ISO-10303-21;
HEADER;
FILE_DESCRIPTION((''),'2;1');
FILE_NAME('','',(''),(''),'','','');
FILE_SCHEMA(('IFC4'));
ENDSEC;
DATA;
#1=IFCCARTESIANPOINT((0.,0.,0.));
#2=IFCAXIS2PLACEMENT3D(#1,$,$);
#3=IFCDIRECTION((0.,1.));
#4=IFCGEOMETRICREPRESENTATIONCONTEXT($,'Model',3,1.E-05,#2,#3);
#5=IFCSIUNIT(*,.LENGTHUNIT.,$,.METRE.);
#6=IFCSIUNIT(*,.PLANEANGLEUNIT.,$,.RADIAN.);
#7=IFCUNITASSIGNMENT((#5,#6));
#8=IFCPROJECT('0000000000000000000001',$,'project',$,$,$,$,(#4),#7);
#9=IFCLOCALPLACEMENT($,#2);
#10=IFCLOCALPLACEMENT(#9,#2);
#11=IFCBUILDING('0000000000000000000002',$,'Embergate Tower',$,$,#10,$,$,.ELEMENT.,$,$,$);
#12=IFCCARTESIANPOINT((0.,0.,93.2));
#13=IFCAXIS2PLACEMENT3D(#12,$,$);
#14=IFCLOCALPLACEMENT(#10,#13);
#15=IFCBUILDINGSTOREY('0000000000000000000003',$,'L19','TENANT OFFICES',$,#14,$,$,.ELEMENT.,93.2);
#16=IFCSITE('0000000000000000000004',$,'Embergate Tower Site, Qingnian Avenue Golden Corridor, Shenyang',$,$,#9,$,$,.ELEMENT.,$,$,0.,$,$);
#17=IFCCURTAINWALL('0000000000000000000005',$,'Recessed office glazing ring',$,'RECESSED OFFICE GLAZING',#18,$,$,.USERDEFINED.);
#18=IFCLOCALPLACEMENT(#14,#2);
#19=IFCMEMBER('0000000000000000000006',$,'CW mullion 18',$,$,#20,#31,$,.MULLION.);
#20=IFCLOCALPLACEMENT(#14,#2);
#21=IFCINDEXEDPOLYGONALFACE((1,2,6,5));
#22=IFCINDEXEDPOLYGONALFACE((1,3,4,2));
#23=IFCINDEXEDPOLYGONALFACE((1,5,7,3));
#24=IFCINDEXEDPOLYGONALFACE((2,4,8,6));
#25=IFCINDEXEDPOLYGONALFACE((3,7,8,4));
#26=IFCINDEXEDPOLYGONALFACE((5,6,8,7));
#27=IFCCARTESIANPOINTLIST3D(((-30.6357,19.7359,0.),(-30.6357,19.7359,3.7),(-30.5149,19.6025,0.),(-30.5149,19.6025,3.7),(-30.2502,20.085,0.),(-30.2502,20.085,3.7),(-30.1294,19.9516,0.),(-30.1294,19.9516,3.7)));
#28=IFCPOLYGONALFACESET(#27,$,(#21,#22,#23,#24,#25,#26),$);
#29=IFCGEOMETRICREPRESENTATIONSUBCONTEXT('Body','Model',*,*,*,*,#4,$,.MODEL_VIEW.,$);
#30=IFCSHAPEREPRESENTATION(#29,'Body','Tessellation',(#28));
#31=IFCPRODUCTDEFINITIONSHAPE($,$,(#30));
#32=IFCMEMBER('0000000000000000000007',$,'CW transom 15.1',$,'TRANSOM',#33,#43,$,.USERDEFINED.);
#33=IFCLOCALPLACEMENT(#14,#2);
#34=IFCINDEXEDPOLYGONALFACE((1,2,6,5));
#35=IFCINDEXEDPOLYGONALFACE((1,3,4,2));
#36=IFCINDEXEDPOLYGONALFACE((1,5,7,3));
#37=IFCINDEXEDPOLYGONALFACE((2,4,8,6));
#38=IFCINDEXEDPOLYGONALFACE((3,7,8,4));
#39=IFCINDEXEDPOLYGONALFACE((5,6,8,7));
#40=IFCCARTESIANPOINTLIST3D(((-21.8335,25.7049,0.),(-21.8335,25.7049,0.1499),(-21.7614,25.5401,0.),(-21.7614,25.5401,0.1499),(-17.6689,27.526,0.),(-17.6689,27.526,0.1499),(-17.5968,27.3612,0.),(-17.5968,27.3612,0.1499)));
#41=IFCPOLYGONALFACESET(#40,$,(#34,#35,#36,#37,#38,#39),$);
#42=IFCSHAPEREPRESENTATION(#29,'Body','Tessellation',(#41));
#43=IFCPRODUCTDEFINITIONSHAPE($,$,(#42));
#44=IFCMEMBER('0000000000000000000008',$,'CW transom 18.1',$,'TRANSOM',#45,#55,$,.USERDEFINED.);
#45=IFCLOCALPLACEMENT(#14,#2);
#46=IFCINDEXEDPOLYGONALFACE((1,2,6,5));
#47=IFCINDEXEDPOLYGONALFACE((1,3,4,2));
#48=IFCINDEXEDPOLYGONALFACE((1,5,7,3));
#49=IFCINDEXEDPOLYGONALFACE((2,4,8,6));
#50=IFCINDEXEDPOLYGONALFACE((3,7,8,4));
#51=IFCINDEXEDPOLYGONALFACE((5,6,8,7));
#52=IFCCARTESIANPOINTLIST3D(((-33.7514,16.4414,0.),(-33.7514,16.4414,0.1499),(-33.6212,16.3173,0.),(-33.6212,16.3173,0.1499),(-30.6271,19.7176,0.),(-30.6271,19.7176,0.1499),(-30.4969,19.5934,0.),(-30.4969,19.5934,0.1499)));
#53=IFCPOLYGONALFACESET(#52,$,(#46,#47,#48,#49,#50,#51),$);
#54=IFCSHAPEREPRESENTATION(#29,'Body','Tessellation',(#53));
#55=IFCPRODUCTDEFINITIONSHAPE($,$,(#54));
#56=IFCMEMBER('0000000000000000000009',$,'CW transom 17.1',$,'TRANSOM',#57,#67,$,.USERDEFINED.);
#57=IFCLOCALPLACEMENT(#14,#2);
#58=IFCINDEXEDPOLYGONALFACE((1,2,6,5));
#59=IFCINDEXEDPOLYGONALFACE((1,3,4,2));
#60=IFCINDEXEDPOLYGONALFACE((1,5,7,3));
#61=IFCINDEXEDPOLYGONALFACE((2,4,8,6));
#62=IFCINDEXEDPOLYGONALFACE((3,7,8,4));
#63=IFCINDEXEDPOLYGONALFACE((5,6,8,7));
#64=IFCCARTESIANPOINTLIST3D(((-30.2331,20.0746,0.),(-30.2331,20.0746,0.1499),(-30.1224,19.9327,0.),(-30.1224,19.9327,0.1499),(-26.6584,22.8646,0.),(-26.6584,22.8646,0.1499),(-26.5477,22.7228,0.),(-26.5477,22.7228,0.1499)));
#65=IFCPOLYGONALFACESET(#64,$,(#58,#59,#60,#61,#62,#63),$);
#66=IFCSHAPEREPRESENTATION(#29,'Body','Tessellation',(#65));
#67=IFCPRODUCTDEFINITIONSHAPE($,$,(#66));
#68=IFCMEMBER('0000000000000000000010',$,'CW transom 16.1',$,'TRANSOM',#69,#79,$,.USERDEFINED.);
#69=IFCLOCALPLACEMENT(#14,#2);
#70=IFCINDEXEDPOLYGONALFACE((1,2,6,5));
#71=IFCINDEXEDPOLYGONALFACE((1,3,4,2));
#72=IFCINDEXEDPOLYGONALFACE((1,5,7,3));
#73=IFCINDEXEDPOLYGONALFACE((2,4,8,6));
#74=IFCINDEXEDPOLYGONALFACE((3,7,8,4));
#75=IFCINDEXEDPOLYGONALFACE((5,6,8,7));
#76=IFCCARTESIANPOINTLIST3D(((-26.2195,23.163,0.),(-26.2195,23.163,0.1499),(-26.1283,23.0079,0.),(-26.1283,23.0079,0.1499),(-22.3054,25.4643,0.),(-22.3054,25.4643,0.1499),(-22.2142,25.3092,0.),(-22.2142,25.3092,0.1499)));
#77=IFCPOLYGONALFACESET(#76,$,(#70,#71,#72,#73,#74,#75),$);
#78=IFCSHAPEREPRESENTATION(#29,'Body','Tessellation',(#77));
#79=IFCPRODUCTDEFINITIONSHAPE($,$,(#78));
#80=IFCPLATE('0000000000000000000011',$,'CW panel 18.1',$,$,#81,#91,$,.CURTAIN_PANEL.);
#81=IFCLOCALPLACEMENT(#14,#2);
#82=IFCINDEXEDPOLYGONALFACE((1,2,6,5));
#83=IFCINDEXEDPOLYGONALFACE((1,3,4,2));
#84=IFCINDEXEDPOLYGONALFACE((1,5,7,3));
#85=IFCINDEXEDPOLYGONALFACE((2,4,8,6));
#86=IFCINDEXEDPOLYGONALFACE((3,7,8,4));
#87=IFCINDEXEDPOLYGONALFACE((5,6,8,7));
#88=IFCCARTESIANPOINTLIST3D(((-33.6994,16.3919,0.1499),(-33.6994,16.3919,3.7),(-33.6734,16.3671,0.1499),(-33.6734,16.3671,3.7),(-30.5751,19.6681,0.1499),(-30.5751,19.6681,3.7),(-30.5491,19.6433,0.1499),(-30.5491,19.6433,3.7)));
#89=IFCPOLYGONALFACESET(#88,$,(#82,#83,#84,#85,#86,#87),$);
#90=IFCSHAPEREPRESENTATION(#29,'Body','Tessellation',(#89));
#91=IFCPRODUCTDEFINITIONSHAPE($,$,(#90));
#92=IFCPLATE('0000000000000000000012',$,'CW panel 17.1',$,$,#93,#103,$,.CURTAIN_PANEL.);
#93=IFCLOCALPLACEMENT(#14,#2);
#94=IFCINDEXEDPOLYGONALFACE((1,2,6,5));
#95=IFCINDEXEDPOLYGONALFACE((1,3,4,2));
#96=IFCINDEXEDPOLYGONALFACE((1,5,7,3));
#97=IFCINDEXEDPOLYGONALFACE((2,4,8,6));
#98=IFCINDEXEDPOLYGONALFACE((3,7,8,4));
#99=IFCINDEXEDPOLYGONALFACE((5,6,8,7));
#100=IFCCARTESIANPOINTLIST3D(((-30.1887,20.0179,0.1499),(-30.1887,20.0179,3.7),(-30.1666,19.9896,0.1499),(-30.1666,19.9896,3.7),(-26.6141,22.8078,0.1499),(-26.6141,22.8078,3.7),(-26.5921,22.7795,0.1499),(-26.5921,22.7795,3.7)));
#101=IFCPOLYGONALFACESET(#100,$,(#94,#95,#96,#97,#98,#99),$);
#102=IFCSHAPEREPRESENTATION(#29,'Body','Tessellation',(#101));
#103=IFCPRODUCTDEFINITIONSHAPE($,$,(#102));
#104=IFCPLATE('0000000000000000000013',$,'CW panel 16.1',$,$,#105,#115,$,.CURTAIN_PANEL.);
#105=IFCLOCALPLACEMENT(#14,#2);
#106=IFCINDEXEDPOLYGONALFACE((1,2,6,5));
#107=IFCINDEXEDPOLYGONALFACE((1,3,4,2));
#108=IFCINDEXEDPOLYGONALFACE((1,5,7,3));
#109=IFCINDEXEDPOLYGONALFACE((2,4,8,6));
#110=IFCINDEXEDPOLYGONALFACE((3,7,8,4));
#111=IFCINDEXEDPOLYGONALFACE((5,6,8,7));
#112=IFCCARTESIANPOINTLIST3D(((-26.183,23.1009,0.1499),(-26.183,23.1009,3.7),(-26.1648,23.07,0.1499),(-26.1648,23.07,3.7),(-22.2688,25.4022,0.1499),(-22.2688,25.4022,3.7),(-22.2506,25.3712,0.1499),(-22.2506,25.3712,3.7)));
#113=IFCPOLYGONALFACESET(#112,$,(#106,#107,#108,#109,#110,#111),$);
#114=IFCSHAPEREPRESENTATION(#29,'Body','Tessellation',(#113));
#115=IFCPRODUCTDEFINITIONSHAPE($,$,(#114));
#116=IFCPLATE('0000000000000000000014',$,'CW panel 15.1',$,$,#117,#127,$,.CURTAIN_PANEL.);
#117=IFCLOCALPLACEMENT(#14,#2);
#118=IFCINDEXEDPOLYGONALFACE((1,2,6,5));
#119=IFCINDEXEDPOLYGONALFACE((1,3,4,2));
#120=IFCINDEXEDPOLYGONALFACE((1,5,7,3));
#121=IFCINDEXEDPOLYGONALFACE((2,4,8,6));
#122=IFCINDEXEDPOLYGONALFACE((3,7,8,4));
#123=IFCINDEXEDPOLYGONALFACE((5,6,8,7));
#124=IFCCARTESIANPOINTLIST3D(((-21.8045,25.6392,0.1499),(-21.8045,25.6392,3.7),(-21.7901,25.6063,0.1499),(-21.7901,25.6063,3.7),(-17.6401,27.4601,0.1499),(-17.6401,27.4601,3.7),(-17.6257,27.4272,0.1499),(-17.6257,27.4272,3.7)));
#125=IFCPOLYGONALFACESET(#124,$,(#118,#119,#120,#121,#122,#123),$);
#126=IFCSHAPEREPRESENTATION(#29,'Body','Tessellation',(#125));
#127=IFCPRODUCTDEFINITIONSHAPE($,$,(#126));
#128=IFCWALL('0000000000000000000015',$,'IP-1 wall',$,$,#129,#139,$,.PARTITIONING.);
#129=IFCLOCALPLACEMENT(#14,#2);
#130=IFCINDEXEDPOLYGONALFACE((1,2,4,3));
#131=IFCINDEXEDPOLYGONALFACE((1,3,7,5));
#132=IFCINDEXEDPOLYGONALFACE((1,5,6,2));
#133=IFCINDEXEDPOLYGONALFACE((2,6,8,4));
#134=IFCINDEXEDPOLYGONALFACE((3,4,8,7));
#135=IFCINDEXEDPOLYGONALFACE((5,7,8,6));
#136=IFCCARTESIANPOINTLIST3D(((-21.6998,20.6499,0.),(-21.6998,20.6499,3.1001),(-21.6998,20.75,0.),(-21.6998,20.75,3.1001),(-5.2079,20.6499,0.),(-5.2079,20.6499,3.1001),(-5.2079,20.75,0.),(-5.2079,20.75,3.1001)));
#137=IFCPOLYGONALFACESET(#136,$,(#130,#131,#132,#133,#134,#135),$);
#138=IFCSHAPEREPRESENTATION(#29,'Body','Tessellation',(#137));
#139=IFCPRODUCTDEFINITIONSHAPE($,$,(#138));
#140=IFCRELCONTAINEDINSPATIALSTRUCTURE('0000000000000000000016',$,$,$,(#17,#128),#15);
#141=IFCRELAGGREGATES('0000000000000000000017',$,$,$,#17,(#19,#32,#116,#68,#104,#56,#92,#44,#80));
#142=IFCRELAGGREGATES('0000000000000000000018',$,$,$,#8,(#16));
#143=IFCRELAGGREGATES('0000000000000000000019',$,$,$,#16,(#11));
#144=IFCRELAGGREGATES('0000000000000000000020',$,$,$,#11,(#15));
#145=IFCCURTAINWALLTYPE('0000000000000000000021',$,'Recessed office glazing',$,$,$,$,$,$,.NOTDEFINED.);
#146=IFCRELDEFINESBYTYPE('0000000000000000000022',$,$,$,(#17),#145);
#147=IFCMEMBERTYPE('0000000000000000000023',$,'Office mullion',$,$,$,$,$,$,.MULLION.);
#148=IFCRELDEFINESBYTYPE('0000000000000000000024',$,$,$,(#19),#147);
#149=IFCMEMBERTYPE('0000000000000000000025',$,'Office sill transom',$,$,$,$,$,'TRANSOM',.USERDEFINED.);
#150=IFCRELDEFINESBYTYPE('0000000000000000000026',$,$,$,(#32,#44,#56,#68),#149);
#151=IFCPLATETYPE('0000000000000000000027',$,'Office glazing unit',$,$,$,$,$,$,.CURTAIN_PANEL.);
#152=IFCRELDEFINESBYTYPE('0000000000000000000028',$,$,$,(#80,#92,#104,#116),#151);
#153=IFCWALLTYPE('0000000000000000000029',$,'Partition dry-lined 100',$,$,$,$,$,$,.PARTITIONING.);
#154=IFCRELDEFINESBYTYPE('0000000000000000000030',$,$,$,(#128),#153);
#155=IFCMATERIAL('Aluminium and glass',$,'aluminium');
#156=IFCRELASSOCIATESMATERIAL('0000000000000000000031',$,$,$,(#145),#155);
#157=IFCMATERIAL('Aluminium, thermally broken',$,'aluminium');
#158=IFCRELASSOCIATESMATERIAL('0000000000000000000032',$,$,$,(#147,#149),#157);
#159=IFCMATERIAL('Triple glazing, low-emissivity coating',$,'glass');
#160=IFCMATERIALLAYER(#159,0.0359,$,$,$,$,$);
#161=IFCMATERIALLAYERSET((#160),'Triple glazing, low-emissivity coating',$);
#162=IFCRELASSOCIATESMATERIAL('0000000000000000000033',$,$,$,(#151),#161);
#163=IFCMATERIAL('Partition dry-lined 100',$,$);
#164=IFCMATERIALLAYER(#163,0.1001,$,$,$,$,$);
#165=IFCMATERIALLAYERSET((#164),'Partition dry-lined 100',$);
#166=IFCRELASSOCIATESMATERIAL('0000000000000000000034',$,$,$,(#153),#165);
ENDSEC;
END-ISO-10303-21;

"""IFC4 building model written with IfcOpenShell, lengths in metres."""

from ifc_helpers import new_model, si_unit, direction, frame, frame_2d, origin, origin_2d, place, context, subcontext, project, spatial, rectangle, extrude, source, transform, mapped, material, layer, layer_set, material_profile, profile_set, type_object, element, aggregate, save


model = new_model("IFC4")

# Units and contexts
model_context = context("Model", 3, precision=1e-05, world=origin(), true_north=direction((0.0, 1.0)))
body_context = subcontext(model_context, "Body", "Model", "MODEL_VIEW")
ifc_project = project(units=[si_unit("LENGTHUNIT", "METRE"), si_unit("PLANEANGLEUNIT", "RADIAN")], contexts=[model_context])

# Site, building, storey
site_placement = place(None, origin())
site = spatial("IfcSite", under=ifc_project, at=site_placement, Name="Embergate Tower Site, Qingnian Avenue Golden Corridor, Shenyang", CompositionType="ELEMENT", RefElevation=0.0)
building_placement = place(site_placement, origin())
building = spatial("IfcBuilding", under=site, at=building_placement, Name="Embergate Tower", CompositionType="ELEMENT")
storey_placement = place(building_placement, frame((0.0, 0.0, 93.2)))
storey = spatial("IfcBuildingStorey", under=building, at=storey_placement, Name="L19", Description="TENANT OFFICES", CompositionType="ELEMENT", Elevation=93.2)

# Curtain wall, members, plates
ifc_material_1 = material(Name="Aluminium and glass", Category="aluminium")
curtain_wall_type = type_object("IfcCurtainWallType", Name="Recessed office glazing", PredefinedType="NOTDEFINED", material=ifc_material_1)
curtain_wall_placement = place(storey_placement, origin())
curtain_wall = element("IfcCurtainWall", 1, at=curtain_wall_placement, inside=storey, type_object=curtain_wall_type, Name="Recessed office glazing ring", ObjectType="RECESSED OFFICE GLAZING", PredefinedType="USERDEFINED")
ifc_material_2 = material(Name="Aluminium, thermally broken", Category="aluminium")
ifc_material_profile_1 = material_profile(ifc_material_2, rectangle(XDim=0.1799, YDim=0.52, at=origin_2d()), Name="AL 520x180")
ifc_profile_set_1 = profile_set([ifc_material_profile_1], Name="Aluminium, thermally broken")
member_type_1 = type_object("IfcMemberType", Name="Office mullion", PredefinedType="MULLION", material=ifc_profile_set_1)
shared_shape_1 = source(origin(), body_context, "Body", "SweptSolid", [
    extrude(rectangle(XDim=0.1799, YDim=0.52, at=origin_2d()), origin(), (0.0, 0.0, 1.0), 3.7),
])
member_1_placement = place(storey_placement, frame((-30.3826, 19.8438, 0.0), z_axis=(0.0, 0.0, 1.0), x_axis=(0.671232, -0.741248, 0.0)))
member_1 = element("IfcMember", 2, at=member_1_placement, type_object=member_type_1, Name="CW mullion 18", PredefinedType="MULLION", context=body_context, shape_type="MappedRepresentation", body=[
    mapped(shared_shape_1, transform((0.0, 0.0, 0.0))),
])
ifc_material_profile_2 = material_profile(ifc_material_2, rectangle(XDim=0.1799, YDim=0.1499, at=origin_2d()), Name="AL 150x180")
ifc_profile_set_2 = profile_set([ifc_material_profile_2], Name="Aluminium, thermally broken")
member_type_2 = type_object("IfcMemberType", Name="Office sill transom", ElementType="TRANSOM", PredefinedType="USERDEFINED", material=ifc_profile_set_2)
shared_shape_2 = source(origin(), body_context, "Body", "SweptSolid", [
    extrude(rectangle(XDim=0.1799, YDim=0.1499, at=origin_2d()), origin(), (0.0, 0.0, 1.0), 4.5454),
])
member_2_placement = place(storey_placement, frame((-17.6328, 27.4436, 0.075), z_axis=(-0.916234, -0.400644, 0.0), x_axis=(0.400644, -0.916234, 0.0)))
member_2 = element("IfcMember", 3, at=member_2_placement, type_object=member_type_2, Name="CW transom 15.1", ObjectType="TRANSOM", PredefinedType="USERDEFINED", context=body_context, shape_type="MappedRepresentation", body=[
    mapped(shared_shape_2, transform((0.0, 0.0, 0.0))),
])
shared_shape_3 = source(origin(), body_context, "Body", "SweptSolid", [
    extrude(rectangle(XDim=0.1799, YDim=0.1499, at=origin_2d()), origin(), (0.0, 0.0, 1.0), 4.5271),
])
member_3_placement = place(storey_placement, frame((-30.562, 19.6555, 0.075), z_axis=(-0.690136, -0.72368, 0.0), x_axis=(0.72368, -0.690136, 0.0)))
member_3 = element("IfcMember", 4, at=member_3_placement, type_object=member_type_2, Name="CW transom 18.1", ObjectType="TRANSOM", PredefinedType="USERDEFINED", context=body_context, shape_type="MappedRepresentation", body=[
    mapped(shared_shape_3, transform((0.0, 0.0, 0.0))),
])
shared_shape_4 = source(origin(), body_context, "Body", "SweptSolid", [
    extrude(rectangle(XDim=0.1799, YDim=0.1499, at=origin_2d()), origin(), (0.0, 0.0, 1.0), 4.5347),
])
member_4_placement = place(storey_placement, frame((-26.603, 22.7937, 0.075), z_axis=(-0.788313, -0.615274, 0.0), x_axis=(0.615274, -0.788313, 0.0)))
member_4 = element("IfcMember", 5, at=member_4_placement, type_object=member_type_2, Name="CW transom 17.1", ObjectType="TRANSOM", PredefinedType="USERDEFINED", context=body_context, shape_type="MappedRepresentation", body=[
    mapped(shared_shape_4, transform((0.0, 0.0, 0.0))),
])
shared_shape_5 = source(origin(), body_context, "Body", "SweptSolid", [
    extrude(rectangle(XDim=0.1799, YDim=0.1499, at=origin_2d()), origin(), (0.0, 0.0, 1.0), 4.5405),
])
member_5_placement = place(storey_placement, frame((-22.2598, 25.3867, 0.075), z_axis=(-0.862042, -0.506837, 0.0), x_axis=(0.506837, -0.862042, 0.0)))
member_5 = element("IfcMember", 6, at=member_5_placement, type_object=member_type_2, Name="CW transom 16.1", ObjectType="TRANSOM", PredefinedType="USERDEFINED", context=body_context, shape_type="MappedRepresentation", body=[
    mapped(shared_shape_5, transform((0.0, 0.0, 0.0))),
])
ifc_material_3 = material(Name="Triple glazing, low-emissivity coating", Category="glass")
ifc_layer_1 = layer(ifc_material_3, 0.0359)
ifc_layer_set_1 = layer_set([ifc_layer_1], Name="Triple glazing, low-emissivity coating")
plate_type = type_object("IfcPlateType", Name="Office glazing unit", PredefinedType="CURTAIN_PANEL", material=ifc_layer_set_1)
shared_shape_6 = source(origin(), body_context, "Body", "SweptSolid", [
    extrude(rectangle(XDim=4.5271, YDim=0.0359, at=origin_2d()), origin(), (0.0, 0.0, 1.0), 3.55),
])
plate_1_placement = place(storey_placement, frame((-32.1243, 18.0176, 0.1499), z_axis=(0.0, 0.0, 1.0), x_axis=(-0.690133, -0.723683, 0.0)))
plate_1 = element("IfcPlate", 7, at=plate_1_placement, type_object=plate_type, Name="CW panel 18.1", PredefinedType="CURTAIN_PANEL", context=body_context, shape_type="MappedRepresentation", body=[
    mapped(shared_shape_6, transform((0.0, 0.0, 0.0))),
])
shared_shape_7 = source(origin(), body_context, "Body", "SweptSolid", [
    extrude(rectangle(XDim=4.5344, YDim=0.0359, at=origin_2d()), origin(), (0.0, 0.0, 1.0), 3.55),
])
plate_2_placement = place(storey_placement, frame((-28.3904, 21.3987, 0.1499), z_axis=(0.0, 0.0, 1.0), x_axis=(-0.788319, -0.615267, 0.0)))
plate_2 = element("IfcPlate", 8, at=plate_2_placement, type_object=plate_type, Name="CW panel 17.1", PredefinedType="CURTAIN_PANEL", context=body_context, shape_type="MappedRepresentation", body=[
    mapped(shared_shape_7, transform((0.0, 0.0, 0.0))),
])
shared_shape_8 = source(origin(), body_context, "Body", "SweptSolid", [
    extrude(rectangle(XDim=4.5405, YDim=0.0359, at=origin_2d()), origin(), (0.0, 0.0, 1.0), 3.55),
])
plate_3_placement = place(storey_placement, frame((-24.2168, 24.2361, 0.1499), z_axis=(0.0, 0.0, 1.0), x_axis=(-0.862052, -0.506819, 0.0)))
plate_3 = element("IfcPlate", 9, at=plate_3_placement, type_object=plate_type, Name="CW panel 16.1", PredefinedType="CURTAIN_PANEL", context=body_context, shape_type="MappedRepresentation", body=[
    mapped(shared_shape_8, transform((0.0, 0.0, 0.0))),
])
shared_shape_9 = source(origin(), body_context, "Body", "SweptSolid", [
    extrude(rectangle(XDim=4.5452, YDim=0.0359, at=origin_2d()), origin(), (0.0, 0.0, 1.0), 3.55),
])
plate_4_placement = place(storey_placement, frame((-19.7151, 26.5332, 0.1499), z_axis=(0.0, 0.0, 1.0), x_axis=(-0.916236, -0.40064, 0.0)))
plate_4 = element("IfcPlate", 10, at=plate_4_placement, type_object=plate_type, Name="CW panel 15.1", PredefinedType="CURTAIN_PANEL", context=body_context, shape_type="MappedRepresentation", body=[
    mapped(shared_shape_9, transform((0.0, 0.0, 0.0))),
])
aggregate(curtain_wall, [member_1, member_2, plate_4, member_5, plate_3, member_4, plate_2, member_3, plate_1])

# Wall
ifc_material_4 = material(Name="Partition dry-lined 100")
ifc_layer_2 = layer(ifc_material_4, 0.1001)
ifc_layer_set_2 = layer_set([ifc_layer_2], Name="Partition dry-lined 100")
wall_type = type_object("IfcWallType", Name="Partition dry-lined 100", PredefinedType="PARTITIONING", material=ifc_layer_set_2)
shared_shape_10 = source(origin(), body_context, "Body", "SweptSolid", [
    extrude(rectangle(XDim=16.4919, YDim=0.1001, at=frame_2d((8.2461, 0.0))), origin(), (0.0, 0.0, 1.0), 3.1001),
])
wall_placement = place(storey_placement, frame((-21.7, 20.7, 0.0), z_axis=(0.0, 0.0, 1.0), x_axis=(1.0, 0.0, 0.0)))
element("IfcWall", 11, at=wall_placement, inside=storey, type_object=wall_type, Name="IP-1 wall", PredefinedType="PARTITIONING", context=body_context, shape_type="MappedRepresentation", body=[
    mapped(shared_shape_10, transform((0.0, 0.0, 0.0))),
])

save(model, "model.ifc")
